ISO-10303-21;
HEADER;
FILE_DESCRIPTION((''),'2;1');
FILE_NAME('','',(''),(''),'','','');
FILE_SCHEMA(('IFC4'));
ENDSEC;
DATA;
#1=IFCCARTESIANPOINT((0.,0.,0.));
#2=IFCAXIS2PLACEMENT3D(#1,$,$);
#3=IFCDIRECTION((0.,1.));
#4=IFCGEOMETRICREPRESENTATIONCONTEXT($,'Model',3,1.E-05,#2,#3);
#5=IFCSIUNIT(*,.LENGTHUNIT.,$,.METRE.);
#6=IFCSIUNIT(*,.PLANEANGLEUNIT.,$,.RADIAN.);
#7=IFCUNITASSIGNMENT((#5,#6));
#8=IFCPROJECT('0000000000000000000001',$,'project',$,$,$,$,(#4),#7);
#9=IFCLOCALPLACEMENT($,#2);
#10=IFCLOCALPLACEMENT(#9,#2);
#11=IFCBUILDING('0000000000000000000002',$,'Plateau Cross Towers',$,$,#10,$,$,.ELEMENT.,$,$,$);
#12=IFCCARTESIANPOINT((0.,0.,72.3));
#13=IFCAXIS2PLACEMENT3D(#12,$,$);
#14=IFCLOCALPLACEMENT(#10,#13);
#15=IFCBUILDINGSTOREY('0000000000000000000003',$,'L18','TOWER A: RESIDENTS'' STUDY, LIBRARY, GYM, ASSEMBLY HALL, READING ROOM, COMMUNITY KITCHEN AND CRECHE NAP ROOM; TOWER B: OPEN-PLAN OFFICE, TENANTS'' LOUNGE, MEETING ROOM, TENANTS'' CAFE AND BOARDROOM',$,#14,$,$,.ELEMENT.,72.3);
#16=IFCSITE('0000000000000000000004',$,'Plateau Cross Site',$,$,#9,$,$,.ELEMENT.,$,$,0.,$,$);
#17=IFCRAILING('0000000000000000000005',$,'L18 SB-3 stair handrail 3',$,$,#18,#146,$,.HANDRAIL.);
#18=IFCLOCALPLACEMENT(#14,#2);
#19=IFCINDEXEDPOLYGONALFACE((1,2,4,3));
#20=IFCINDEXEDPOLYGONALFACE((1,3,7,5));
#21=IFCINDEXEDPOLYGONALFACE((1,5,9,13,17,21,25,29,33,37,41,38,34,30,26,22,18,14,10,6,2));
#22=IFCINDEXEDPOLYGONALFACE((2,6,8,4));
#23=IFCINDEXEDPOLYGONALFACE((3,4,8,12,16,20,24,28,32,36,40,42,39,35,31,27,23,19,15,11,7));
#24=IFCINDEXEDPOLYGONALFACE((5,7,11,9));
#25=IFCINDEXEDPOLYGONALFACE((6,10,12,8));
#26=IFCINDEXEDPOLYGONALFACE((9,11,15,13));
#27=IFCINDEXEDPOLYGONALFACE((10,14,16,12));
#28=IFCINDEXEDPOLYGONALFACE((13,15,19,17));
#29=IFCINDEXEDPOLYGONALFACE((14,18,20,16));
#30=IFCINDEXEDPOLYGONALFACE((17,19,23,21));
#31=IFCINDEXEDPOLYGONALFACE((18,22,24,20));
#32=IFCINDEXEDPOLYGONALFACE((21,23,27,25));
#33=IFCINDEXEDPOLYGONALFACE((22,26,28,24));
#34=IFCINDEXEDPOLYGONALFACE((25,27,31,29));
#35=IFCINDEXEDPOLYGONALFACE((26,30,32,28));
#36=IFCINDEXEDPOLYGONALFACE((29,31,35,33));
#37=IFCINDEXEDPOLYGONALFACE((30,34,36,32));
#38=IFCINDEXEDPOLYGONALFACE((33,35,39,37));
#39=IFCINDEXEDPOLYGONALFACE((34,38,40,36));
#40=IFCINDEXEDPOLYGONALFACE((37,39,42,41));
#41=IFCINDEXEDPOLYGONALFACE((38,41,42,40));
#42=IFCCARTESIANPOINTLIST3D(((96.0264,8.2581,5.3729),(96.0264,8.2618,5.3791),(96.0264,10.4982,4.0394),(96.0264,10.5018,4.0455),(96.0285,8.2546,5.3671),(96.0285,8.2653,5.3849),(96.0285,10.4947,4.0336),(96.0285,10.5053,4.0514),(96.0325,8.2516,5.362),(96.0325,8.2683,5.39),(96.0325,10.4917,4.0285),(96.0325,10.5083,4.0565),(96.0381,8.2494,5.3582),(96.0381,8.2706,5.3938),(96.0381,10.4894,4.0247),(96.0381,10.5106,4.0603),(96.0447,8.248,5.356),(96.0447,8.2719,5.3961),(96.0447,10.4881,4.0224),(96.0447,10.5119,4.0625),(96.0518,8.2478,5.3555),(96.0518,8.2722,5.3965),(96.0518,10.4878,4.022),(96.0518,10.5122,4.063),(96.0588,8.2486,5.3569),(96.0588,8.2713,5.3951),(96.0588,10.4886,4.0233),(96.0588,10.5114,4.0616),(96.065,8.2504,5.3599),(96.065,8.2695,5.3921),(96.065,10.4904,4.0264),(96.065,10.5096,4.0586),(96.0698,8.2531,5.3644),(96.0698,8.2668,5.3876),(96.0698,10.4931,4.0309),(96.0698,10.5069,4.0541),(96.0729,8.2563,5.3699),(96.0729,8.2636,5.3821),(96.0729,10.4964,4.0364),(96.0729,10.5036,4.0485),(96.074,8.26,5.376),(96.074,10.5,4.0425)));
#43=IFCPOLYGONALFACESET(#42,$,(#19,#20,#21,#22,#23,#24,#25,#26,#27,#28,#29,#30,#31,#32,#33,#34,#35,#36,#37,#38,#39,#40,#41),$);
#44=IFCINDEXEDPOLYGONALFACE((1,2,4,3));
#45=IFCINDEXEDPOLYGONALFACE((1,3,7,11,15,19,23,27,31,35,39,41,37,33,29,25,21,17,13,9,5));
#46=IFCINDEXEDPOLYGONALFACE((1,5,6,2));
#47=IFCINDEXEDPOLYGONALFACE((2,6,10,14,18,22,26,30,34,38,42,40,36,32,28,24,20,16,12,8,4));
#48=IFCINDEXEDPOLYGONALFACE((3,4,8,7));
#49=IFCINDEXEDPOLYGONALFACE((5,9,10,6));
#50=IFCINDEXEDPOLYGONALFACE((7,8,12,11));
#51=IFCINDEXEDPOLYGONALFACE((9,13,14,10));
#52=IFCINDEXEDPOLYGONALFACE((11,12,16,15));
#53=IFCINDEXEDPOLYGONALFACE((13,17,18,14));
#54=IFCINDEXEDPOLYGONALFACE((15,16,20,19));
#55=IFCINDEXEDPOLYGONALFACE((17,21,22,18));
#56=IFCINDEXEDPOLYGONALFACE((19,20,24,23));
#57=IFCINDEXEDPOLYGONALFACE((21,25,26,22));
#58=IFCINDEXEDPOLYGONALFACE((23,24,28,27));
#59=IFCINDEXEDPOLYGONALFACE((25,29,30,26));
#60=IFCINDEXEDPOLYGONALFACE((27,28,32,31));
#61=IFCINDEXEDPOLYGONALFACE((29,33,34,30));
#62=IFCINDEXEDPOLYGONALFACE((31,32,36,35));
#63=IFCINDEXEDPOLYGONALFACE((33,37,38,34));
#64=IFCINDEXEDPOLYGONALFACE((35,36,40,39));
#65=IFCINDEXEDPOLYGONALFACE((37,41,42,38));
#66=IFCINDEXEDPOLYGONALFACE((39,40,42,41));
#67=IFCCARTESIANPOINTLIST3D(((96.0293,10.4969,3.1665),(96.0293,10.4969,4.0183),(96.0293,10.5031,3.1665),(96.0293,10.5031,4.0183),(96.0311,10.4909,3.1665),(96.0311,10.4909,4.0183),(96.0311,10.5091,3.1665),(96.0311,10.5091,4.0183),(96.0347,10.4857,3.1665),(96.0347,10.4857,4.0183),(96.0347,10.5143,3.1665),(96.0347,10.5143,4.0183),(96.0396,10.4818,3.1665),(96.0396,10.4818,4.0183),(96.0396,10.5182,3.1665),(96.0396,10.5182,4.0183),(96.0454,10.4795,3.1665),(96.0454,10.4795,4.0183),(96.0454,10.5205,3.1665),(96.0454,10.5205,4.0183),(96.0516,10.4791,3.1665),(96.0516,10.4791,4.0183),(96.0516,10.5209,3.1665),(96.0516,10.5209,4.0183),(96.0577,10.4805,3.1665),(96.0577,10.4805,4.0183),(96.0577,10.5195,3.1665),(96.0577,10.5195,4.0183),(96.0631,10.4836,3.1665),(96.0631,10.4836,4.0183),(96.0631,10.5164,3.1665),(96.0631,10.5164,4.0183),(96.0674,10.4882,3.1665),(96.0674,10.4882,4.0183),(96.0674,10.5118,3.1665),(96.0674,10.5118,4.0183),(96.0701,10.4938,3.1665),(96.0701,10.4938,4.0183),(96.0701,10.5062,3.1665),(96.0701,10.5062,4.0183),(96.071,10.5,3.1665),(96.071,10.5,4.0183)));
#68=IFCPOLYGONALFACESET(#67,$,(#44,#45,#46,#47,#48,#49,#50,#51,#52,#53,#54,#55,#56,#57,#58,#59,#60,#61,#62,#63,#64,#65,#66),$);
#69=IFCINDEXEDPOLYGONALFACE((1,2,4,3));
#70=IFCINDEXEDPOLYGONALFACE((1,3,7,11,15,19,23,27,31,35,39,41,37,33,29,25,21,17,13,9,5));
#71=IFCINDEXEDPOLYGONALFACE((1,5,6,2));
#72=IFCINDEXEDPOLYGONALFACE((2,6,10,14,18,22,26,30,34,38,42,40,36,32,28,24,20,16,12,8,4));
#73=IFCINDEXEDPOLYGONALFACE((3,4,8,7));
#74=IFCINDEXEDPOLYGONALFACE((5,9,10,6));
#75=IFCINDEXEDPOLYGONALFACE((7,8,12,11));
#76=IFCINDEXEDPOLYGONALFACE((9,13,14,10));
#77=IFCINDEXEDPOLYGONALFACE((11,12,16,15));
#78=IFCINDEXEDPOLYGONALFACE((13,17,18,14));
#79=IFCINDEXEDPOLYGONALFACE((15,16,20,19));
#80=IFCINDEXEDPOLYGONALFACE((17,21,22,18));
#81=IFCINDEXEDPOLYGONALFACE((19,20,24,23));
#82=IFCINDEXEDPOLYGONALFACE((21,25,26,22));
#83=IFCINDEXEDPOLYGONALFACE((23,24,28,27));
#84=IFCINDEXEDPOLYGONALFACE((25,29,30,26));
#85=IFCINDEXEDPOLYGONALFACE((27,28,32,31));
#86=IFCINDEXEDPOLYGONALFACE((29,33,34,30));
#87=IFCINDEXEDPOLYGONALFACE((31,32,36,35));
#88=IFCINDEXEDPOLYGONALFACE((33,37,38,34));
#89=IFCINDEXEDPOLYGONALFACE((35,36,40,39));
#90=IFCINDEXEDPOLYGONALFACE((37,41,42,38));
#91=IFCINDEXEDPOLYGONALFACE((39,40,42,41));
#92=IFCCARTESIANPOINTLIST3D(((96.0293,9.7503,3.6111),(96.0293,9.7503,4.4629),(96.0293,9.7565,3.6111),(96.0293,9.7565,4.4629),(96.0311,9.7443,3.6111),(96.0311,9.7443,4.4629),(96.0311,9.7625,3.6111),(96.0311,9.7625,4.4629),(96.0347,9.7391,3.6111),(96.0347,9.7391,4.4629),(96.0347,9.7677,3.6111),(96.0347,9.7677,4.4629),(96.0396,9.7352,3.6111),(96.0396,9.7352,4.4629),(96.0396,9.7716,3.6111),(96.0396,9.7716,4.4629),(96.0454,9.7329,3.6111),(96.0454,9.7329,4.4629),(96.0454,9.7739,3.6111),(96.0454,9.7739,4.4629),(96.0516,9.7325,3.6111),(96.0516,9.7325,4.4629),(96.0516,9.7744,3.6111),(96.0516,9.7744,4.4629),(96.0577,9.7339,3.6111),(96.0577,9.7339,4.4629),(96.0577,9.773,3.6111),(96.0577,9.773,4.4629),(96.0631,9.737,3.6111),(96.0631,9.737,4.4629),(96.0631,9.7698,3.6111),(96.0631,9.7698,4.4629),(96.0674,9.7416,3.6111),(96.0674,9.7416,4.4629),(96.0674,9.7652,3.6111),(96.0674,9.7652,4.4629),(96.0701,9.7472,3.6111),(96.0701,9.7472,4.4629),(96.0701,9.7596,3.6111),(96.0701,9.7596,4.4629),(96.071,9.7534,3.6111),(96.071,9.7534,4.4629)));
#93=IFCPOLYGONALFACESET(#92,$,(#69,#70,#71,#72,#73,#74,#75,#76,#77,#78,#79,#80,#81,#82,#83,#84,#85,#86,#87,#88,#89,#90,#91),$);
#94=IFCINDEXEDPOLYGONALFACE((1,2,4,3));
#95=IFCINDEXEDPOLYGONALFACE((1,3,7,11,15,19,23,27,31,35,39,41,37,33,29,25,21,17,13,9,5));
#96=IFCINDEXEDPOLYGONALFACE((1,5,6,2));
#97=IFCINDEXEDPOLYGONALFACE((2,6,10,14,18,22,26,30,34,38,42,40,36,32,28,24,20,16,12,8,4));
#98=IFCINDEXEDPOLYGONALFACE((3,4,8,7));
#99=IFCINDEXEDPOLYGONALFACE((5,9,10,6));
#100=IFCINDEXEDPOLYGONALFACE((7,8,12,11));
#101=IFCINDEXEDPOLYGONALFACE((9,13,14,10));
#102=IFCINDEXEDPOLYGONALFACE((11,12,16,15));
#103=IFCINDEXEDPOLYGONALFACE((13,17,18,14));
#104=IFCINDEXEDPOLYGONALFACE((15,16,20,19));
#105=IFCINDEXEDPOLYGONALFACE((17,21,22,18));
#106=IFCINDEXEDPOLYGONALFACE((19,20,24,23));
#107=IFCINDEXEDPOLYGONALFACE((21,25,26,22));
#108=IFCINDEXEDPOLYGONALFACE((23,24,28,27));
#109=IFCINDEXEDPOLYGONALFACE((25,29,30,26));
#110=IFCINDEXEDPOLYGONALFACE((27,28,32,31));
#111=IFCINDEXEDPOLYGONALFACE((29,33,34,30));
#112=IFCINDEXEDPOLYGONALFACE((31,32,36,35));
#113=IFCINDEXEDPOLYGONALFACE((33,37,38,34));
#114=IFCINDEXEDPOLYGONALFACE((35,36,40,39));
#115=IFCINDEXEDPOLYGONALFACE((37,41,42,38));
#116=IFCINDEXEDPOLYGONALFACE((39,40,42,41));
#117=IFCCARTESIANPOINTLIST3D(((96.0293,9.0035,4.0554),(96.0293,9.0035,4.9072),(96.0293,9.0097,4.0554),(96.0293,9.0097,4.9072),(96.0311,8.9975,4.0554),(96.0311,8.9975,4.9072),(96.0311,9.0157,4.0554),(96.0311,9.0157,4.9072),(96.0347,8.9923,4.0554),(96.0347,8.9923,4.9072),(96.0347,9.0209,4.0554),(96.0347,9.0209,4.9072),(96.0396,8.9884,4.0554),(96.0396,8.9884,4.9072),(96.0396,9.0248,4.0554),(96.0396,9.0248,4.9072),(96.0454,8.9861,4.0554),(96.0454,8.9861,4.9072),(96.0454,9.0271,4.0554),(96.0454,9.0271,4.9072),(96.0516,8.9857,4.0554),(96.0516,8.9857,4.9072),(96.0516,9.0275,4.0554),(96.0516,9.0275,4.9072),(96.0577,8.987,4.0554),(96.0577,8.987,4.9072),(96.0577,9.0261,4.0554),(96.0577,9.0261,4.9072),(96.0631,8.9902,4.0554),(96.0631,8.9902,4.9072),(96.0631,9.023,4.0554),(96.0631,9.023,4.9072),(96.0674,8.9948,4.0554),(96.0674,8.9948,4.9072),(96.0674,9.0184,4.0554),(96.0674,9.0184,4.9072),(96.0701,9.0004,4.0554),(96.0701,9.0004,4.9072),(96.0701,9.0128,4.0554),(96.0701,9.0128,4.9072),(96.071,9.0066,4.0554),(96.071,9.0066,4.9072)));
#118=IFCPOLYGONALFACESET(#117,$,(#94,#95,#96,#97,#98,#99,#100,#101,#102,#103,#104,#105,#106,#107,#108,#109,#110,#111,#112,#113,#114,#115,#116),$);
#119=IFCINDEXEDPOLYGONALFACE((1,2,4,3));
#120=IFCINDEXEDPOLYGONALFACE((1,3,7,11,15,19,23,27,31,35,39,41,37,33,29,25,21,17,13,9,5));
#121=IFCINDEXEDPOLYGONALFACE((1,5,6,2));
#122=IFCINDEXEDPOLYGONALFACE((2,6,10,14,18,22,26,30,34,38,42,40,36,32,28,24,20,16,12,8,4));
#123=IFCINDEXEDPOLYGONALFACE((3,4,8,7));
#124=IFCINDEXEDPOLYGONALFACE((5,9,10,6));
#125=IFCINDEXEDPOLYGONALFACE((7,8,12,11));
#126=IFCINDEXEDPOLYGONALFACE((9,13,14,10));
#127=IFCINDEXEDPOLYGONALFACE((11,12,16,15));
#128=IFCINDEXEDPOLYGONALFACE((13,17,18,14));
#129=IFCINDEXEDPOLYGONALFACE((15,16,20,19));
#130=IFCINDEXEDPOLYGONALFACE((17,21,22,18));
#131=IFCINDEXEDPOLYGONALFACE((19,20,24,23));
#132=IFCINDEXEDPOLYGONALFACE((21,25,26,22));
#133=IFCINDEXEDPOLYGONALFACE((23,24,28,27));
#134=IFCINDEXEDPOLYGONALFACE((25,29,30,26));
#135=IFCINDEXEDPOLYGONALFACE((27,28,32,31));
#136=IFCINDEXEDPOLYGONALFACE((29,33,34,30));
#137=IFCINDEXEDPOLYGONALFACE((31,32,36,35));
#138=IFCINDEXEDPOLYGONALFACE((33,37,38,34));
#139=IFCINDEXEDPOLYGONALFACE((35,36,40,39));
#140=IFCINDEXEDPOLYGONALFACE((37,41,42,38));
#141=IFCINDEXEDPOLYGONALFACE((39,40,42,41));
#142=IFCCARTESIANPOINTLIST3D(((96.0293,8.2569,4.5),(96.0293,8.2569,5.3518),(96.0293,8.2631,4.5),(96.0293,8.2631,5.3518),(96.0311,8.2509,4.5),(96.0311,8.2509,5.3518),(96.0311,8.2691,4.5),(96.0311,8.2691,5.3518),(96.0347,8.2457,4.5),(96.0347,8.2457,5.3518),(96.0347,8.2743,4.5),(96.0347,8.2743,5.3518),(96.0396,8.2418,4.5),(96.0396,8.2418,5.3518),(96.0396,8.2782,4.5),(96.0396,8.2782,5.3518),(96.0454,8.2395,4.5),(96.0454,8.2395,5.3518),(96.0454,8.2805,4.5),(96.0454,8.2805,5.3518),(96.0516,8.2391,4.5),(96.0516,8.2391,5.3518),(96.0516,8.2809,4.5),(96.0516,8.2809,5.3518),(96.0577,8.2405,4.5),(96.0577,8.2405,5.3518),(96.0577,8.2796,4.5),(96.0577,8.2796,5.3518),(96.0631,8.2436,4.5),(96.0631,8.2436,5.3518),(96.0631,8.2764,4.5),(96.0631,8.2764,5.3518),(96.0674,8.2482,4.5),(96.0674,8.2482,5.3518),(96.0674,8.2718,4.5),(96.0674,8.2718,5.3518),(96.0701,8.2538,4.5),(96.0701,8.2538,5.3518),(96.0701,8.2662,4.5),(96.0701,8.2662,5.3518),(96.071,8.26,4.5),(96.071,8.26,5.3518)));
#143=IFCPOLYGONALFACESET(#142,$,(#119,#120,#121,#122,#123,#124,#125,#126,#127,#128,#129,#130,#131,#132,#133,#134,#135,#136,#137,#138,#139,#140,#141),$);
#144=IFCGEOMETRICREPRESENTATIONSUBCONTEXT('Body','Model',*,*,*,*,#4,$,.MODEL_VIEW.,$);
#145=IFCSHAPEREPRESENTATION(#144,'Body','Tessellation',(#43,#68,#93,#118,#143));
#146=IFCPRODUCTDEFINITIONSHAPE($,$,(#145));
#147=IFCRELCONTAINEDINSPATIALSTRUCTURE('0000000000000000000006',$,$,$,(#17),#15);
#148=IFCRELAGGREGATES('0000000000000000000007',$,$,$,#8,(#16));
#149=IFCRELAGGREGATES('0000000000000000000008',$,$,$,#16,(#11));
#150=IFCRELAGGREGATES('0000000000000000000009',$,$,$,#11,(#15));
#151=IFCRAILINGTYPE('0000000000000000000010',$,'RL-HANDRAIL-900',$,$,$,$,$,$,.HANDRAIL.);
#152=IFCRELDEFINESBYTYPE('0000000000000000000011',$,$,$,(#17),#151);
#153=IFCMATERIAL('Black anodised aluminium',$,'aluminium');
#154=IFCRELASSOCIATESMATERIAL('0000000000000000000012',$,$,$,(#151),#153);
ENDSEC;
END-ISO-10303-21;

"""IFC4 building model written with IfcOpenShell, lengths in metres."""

from ifc_helpers import new_model, si_unit, direction, frame, origin, origin_2d, place, context, subcontext, project, spatial, circle, extrude, material, type_object, element, save


model = new_model("IFC4")

# Units and contexts
model_context = context("Model", 3, precision=1e-05, world=origin(), true_north=direction((0.0, 1.0)))
body_context = subcontext(model_context, "Body", "Model", "MODEL_VIEW")
ifc_project = project(units=[si_unit("LENGTHUNIT", "METRE"), si_unit("PLANEANGLEUNIT", "RADIAN")], contexts=[model_context])

# Site, building, storey
site_placement = place(None, origin())
site = spatial("IfcSite", under=ifc_project, at=site_placement, Name="Plateau Cross Site", CompositionType="ELEMENT", RefElevation=0.0)
building_placement = place(site_placement, origin())
building = spatial("IfcBuilding", under=site, at=building_placement, Name="Plateau Cross Towers", CompositionType="ELEMENT")
storey_placement = place(building_placement, frame((0.0, 0.0, 72.3)))
storey = spatial("IfcBuildingStorey", under=building, at=storey_placement, Name="L18", Description="TOWER A: RESIDENTS' STUDY, LIBRARY, GYM, ASSEMBLY HALL, READING ROOM, COMMUNITY KITCHEN AND CRECHE NAP ROOM; TOWER B: OPEN-PLAN OFFICE, TENANTS' LOUNGE, MEETING ROOM, TENANTS' CAFE AND BOARDROOM", CompositionType="ELEMENT", Elevation=72.3)

# Shared definitions
ifc_material_1 = material(Name="Black anodised aluminium", Category="aluminium")

# Railing
railing_type_1 = type_object("IfcRailingType", Name="RL-HANDRAIL-900", PredefinedType="HANDRAIL", material=ifc_material_1)
railing_1_placement = place(storey_placement, frame((96.05, 10.5, 3.1665)))
element("IfcRailing", 1, at=railing_1_placement, inside=storey, type_object=railing_type_1, Name="L18 SB-3 stair handrail 3", PredefinedType="HANDRAIL", context=body_context, shape_type="SweptSolid", body=[
    extrude(circle(Radius=0.0239, at=origin_2d()), frame((0.0, 0.0, 0.876), z_axis=(0.0, -0.859264, 0.511532), x_axis=(1.0, 0.0, 0.0)), (0.0, 0.0, 1.0), 2.6069),
    extrude(circle(Radius=0.021, at=origin_2d()), origin(), (0.0, 0.0, 1.0), 0.8518),
    extrude(circle(Radius=0.021, at=origin_2d()), frame((0.0, -0.7466, 0.4446)), (0.0, 0.0, 1.0), 0.8518),
    extrude(circle(Radius=0.021, at=origin_2d()), frame((0.0, -1.4934, 0.8889)), (0.0, 0.0, 1.0), 0.8518),
    extrude(circle(Radius=0.021, at=origin_2d()), frame((0.0, -2.24, 1.3335)), (0.0, 0.0, 1.0), 0.8518),
])

save(model, "model.ifc")
